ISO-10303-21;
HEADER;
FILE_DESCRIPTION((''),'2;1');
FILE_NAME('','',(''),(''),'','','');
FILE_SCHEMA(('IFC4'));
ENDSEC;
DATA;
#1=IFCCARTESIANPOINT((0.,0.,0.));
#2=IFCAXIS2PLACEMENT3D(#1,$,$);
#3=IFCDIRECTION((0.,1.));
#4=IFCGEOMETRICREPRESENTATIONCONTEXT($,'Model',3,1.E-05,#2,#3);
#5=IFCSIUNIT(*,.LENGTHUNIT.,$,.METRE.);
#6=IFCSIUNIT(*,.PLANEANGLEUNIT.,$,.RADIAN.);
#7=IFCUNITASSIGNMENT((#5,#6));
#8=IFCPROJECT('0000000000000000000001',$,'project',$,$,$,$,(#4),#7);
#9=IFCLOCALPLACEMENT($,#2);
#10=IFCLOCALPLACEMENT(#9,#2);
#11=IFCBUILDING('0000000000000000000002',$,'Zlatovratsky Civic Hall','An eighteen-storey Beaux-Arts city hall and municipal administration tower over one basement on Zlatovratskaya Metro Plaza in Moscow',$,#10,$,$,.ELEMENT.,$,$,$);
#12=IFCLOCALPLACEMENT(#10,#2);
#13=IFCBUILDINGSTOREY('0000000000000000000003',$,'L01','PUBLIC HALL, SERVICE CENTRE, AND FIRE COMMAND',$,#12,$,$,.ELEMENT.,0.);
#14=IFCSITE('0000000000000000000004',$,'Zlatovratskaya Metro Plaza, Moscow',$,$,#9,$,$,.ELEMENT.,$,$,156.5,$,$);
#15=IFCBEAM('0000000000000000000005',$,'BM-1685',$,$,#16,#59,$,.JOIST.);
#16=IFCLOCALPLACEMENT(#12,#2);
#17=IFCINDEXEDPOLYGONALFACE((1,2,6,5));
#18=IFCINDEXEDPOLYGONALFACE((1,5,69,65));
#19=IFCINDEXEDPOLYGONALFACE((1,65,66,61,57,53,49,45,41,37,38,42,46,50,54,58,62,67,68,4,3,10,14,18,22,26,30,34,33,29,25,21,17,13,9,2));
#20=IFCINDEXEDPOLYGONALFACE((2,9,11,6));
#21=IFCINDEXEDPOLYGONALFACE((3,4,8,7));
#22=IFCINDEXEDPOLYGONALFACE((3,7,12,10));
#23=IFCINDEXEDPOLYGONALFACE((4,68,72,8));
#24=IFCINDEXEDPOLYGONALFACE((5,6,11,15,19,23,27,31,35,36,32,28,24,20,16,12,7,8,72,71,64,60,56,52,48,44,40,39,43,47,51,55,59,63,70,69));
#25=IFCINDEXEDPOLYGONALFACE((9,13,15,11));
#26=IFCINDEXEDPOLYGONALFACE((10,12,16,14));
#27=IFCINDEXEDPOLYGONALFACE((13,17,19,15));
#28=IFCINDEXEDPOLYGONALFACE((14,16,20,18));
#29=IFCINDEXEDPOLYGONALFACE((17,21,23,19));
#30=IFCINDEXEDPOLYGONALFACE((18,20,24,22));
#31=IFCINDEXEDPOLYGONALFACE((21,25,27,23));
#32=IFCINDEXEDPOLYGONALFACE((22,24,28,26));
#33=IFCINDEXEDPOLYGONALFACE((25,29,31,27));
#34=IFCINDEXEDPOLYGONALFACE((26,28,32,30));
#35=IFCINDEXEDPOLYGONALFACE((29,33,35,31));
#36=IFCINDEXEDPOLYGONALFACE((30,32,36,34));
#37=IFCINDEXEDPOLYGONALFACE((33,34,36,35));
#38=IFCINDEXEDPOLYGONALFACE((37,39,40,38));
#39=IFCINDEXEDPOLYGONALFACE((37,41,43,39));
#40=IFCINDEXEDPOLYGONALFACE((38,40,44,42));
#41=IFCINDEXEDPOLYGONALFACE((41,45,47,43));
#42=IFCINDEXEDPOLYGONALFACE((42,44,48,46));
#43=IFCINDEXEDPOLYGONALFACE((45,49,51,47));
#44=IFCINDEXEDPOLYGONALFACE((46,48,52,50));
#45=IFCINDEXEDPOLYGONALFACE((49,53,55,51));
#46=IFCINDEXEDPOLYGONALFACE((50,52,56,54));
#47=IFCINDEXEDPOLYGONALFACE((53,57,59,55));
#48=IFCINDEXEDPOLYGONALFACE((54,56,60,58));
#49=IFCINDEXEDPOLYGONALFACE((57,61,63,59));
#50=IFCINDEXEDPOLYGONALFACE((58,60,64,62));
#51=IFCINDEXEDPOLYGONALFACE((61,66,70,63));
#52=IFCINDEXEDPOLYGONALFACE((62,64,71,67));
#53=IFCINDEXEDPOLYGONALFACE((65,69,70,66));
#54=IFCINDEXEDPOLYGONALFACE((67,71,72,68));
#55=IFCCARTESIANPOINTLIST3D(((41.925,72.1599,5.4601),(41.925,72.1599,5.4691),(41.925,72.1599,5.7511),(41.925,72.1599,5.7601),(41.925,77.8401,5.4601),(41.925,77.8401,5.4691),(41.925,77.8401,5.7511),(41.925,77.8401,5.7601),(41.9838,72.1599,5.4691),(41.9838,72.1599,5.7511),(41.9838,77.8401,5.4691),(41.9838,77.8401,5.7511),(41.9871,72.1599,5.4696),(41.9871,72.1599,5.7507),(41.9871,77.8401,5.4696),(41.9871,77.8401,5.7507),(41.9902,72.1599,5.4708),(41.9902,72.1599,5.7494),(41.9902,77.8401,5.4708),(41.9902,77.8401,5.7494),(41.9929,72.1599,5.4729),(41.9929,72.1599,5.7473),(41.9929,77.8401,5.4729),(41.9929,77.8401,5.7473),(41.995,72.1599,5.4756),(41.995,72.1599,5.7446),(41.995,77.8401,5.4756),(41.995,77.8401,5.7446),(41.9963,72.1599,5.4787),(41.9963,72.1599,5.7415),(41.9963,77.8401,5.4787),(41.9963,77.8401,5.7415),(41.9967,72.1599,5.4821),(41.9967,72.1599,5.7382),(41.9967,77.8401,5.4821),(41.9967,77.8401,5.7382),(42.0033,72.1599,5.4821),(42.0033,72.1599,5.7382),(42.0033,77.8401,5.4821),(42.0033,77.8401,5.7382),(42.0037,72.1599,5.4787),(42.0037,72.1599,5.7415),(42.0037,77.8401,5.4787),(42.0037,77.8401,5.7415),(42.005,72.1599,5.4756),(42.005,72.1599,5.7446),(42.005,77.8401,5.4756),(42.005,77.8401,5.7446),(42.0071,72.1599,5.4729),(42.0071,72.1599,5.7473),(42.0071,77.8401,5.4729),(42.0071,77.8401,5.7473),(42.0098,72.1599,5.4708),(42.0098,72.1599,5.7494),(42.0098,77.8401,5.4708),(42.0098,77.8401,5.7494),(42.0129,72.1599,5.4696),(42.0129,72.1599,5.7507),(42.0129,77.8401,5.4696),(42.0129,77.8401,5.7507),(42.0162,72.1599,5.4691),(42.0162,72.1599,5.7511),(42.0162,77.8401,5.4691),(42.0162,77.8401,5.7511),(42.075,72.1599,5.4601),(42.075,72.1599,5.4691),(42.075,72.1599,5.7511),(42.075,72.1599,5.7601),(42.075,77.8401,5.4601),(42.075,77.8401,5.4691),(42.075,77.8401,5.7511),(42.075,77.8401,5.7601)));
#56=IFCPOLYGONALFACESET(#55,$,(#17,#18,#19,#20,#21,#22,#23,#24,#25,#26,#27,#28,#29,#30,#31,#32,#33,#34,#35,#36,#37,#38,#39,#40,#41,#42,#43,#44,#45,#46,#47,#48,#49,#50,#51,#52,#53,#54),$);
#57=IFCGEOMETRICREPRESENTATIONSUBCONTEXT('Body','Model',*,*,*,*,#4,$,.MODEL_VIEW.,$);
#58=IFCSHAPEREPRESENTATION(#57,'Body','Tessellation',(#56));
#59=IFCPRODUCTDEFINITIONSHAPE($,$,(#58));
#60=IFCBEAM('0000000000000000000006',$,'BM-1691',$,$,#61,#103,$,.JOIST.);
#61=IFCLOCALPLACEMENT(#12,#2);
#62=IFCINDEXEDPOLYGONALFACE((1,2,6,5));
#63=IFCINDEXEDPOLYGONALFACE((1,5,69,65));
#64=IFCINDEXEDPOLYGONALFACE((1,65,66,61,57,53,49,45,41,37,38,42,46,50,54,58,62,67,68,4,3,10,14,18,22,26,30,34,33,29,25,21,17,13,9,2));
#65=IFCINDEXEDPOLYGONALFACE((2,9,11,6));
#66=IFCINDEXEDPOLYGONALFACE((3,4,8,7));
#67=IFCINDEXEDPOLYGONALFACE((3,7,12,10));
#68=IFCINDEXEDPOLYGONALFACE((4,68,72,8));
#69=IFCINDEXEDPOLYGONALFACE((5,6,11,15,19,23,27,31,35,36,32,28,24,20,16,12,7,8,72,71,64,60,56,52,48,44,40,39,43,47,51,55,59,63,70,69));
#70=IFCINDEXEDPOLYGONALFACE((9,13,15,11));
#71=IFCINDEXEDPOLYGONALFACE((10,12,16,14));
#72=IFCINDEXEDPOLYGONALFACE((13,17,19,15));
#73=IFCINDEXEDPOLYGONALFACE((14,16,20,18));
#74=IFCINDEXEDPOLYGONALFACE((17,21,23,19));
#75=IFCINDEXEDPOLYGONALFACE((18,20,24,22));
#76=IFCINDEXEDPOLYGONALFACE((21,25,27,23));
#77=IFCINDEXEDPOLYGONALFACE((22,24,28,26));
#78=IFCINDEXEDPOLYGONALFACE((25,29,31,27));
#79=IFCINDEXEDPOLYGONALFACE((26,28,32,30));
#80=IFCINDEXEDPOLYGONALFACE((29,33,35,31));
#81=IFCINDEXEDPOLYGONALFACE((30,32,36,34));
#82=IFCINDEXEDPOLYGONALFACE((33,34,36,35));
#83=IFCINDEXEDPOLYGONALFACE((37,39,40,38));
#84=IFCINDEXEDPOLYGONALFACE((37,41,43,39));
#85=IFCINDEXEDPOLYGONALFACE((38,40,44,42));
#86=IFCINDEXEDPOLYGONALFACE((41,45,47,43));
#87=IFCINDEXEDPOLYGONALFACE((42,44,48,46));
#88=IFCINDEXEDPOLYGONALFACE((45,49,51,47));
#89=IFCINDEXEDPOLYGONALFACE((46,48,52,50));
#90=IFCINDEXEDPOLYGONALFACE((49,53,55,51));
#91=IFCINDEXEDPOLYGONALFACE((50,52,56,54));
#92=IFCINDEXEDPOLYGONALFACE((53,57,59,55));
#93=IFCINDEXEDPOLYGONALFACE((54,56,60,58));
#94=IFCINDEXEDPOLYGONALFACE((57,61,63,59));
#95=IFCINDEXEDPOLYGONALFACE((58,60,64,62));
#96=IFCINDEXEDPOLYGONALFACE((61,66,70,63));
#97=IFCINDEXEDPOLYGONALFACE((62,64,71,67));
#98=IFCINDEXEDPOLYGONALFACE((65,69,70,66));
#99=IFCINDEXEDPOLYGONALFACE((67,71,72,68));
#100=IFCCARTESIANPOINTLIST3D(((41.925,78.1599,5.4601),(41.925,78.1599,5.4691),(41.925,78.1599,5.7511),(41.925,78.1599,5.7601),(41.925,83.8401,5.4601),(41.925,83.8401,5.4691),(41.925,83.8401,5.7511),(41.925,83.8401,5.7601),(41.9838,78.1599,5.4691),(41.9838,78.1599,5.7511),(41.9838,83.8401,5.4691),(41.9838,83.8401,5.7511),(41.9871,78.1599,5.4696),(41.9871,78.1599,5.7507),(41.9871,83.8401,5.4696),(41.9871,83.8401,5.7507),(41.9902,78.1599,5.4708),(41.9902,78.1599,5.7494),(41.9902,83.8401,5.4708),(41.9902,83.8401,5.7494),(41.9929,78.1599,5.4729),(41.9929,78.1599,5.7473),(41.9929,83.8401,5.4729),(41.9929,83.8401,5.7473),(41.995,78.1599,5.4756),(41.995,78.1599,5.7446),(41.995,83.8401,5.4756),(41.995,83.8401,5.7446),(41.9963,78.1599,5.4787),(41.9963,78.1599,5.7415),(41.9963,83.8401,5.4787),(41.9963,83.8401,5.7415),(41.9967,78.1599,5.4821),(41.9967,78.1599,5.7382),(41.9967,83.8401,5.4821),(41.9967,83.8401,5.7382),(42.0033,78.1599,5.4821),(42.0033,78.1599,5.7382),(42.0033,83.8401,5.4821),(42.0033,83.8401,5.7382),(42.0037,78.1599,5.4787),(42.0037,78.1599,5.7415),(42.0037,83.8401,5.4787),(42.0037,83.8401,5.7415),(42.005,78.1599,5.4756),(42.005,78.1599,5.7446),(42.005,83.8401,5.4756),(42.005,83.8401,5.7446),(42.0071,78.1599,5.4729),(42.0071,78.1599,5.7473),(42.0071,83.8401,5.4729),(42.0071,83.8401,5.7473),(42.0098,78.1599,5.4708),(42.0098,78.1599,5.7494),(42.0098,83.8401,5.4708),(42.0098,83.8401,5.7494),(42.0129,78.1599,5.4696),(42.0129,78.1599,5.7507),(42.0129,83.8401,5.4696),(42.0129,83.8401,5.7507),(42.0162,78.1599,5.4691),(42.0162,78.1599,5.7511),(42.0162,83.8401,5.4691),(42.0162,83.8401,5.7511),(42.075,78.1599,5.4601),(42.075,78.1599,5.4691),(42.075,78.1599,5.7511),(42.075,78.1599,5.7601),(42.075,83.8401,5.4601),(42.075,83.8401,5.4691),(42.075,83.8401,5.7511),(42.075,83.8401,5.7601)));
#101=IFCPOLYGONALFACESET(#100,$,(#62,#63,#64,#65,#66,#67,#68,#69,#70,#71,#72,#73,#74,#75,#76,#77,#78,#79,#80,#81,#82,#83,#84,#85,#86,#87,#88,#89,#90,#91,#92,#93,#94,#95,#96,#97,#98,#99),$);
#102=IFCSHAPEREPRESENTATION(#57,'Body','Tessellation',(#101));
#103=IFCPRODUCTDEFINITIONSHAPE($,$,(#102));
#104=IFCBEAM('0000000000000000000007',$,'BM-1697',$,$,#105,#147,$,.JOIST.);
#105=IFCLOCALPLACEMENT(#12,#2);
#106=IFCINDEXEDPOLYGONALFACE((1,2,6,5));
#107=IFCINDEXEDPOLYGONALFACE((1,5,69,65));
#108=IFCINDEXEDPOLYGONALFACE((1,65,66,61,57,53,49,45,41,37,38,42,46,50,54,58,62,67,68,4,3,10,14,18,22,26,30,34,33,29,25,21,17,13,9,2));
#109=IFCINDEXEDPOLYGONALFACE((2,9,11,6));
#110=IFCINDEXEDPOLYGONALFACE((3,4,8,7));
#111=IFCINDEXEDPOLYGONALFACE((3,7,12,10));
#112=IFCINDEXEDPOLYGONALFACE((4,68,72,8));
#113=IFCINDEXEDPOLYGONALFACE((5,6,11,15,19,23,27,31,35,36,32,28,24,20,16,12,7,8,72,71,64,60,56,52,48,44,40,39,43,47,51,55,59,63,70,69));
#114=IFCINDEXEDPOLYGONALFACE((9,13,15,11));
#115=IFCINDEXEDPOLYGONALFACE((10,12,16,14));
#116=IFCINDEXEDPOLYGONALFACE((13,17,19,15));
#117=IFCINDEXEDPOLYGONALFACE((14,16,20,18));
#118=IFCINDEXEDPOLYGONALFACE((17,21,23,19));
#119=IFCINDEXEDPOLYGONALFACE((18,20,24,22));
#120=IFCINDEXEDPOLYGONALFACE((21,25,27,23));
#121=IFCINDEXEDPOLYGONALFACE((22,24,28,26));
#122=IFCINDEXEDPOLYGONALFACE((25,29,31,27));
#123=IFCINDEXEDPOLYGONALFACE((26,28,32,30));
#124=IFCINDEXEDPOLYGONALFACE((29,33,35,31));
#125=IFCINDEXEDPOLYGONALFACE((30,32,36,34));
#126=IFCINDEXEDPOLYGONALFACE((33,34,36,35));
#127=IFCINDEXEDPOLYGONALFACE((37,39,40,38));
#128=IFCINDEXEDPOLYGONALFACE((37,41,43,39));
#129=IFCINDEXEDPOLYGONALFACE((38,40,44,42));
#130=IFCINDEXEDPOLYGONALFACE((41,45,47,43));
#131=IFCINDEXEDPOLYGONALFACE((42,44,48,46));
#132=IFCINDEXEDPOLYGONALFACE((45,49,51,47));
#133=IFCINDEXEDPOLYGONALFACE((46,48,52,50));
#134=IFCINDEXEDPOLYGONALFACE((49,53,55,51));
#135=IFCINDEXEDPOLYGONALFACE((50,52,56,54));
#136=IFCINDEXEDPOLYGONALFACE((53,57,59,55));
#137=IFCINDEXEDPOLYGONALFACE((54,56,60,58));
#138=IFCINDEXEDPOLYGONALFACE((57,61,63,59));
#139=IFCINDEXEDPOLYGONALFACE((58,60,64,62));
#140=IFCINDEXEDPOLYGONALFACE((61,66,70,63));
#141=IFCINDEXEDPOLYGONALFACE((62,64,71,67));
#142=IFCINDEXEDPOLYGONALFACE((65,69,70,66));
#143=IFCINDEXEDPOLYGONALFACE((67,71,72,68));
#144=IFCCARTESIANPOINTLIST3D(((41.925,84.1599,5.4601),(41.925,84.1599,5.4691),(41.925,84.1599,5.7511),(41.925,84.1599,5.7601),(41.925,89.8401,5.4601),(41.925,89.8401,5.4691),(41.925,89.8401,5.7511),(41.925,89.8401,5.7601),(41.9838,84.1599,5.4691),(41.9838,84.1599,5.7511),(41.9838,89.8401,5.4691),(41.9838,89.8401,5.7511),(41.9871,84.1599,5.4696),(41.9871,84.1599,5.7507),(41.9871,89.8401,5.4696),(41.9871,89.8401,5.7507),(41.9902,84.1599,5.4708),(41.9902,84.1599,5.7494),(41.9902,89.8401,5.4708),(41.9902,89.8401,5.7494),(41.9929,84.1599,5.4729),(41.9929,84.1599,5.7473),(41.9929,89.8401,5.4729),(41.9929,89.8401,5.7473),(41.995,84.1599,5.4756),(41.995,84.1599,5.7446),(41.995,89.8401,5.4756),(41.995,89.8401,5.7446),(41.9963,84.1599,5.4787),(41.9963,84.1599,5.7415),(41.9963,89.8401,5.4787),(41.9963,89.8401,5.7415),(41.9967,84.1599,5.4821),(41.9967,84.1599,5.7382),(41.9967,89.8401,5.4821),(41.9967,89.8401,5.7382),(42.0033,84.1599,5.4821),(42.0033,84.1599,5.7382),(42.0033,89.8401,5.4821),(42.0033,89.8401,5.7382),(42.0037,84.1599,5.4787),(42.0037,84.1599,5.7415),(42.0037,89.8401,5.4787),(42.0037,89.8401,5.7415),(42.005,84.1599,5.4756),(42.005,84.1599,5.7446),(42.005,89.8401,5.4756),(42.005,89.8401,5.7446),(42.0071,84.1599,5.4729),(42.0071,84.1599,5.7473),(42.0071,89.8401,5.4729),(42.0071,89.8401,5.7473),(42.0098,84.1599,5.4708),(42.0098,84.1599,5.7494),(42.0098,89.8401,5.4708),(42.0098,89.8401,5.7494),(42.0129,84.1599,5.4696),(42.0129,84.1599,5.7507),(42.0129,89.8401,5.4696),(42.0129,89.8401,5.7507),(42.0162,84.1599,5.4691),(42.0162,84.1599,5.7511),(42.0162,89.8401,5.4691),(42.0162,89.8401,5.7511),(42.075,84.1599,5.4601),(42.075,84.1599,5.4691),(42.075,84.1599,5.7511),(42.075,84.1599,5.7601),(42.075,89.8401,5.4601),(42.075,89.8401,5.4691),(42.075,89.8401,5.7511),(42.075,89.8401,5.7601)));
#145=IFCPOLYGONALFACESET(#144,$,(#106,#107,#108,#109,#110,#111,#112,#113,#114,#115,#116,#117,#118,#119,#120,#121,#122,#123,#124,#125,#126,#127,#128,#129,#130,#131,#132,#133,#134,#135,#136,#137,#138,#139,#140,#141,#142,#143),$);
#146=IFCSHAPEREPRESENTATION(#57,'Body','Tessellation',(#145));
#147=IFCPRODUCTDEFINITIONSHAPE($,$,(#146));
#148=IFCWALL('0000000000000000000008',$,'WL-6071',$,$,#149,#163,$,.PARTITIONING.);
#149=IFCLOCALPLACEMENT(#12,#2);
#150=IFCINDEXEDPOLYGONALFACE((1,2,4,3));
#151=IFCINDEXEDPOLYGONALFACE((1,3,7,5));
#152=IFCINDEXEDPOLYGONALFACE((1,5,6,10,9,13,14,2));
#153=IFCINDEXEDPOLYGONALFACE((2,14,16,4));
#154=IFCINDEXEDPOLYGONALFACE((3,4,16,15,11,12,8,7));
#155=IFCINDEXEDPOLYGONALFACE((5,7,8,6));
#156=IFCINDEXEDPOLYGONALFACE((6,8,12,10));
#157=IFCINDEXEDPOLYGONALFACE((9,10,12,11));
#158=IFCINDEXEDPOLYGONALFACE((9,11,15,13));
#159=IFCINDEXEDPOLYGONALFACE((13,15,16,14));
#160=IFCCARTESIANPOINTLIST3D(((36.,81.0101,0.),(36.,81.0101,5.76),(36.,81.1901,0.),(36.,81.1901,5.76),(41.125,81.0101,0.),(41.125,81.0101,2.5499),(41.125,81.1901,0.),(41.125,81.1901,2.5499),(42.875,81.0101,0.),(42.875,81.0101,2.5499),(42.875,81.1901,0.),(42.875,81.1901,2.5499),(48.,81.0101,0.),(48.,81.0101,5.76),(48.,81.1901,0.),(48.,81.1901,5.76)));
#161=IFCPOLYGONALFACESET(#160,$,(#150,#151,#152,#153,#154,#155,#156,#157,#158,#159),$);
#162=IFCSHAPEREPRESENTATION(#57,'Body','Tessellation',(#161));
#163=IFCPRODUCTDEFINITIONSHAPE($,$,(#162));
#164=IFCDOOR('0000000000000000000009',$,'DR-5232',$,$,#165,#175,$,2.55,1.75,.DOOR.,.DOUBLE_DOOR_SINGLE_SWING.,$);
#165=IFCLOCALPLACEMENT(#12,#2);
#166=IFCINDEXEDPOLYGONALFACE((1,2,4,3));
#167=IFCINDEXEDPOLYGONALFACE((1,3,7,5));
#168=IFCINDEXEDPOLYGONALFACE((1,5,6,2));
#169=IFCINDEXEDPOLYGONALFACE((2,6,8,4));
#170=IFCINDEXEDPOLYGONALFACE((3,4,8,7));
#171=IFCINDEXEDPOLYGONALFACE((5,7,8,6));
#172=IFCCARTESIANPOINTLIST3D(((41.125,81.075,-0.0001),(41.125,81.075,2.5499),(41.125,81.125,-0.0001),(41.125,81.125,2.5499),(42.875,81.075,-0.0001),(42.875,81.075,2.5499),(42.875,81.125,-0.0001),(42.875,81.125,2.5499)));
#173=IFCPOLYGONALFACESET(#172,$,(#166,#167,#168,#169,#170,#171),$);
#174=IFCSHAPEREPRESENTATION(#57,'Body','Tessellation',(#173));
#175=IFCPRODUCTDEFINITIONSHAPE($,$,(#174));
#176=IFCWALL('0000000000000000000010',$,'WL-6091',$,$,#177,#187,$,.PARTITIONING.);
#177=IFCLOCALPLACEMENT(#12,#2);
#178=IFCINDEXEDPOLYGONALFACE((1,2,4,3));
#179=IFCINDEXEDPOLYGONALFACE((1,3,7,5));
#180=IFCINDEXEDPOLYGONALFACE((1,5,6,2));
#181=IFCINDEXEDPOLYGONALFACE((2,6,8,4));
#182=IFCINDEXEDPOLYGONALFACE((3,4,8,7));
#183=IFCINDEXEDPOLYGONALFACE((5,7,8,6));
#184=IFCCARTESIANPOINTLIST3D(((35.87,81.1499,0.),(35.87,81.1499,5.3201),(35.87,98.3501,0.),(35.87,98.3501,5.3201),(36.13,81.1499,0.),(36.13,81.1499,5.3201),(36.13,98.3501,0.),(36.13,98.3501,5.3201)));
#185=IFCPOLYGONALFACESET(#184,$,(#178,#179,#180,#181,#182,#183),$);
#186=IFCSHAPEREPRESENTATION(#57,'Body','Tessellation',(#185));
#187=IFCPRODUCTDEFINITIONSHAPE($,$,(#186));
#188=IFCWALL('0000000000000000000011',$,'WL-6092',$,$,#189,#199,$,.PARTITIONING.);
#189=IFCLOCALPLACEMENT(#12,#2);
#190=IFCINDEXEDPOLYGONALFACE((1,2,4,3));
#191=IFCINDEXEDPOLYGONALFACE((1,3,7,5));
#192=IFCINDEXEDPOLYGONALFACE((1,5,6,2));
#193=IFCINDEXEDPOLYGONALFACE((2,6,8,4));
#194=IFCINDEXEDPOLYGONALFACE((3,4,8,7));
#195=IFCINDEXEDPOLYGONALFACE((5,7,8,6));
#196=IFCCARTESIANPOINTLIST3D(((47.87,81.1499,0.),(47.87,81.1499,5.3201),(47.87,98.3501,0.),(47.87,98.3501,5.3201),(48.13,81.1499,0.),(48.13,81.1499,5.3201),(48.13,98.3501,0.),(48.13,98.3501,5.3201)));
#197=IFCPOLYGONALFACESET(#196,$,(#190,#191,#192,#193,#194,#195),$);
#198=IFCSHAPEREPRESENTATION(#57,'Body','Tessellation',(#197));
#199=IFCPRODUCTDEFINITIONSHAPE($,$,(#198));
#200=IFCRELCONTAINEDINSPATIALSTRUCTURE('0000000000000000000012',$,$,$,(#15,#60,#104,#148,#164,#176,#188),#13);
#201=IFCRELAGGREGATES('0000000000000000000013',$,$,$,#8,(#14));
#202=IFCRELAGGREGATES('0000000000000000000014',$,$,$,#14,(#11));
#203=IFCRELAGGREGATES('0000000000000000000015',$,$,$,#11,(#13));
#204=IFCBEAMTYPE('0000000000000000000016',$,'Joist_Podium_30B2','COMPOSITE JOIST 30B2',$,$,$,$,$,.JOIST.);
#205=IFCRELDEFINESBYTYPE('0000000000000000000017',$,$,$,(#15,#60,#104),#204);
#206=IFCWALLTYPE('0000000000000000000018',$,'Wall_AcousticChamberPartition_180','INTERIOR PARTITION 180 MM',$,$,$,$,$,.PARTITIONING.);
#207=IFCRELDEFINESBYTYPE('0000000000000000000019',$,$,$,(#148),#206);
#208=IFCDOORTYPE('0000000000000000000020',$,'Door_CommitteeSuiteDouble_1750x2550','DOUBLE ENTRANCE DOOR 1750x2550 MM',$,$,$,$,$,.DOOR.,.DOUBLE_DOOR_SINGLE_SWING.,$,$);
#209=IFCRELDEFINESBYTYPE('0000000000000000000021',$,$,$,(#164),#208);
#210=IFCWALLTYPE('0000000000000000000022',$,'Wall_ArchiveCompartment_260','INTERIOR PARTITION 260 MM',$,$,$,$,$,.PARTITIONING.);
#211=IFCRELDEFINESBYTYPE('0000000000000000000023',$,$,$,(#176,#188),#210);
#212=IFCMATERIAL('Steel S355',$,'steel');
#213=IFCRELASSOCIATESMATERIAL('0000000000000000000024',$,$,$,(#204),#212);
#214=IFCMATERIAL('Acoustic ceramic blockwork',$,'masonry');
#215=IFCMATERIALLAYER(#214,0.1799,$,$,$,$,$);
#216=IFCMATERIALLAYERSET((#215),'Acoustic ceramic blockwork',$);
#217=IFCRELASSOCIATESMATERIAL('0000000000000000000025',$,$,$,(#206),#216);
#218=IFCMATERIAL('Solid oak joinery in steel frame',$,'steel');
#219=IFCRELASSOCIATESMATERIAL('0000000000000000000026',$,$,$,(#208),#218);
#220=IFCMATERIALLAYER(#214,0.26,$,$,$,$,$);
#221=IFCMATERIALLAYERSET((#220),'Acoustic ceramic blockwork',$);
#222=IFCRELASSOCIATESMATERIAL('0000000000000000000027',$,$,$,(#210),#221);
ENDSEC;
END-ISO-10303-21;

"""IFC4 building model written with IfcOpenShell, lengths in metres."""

from ifc_helpers import new_model, si_unit, direction, frame, frame_2d, origin, origin_2d, place, context, subcontext, project, spatial, rectangle, i_section, extrude, material, layer, layer_set, material_profile, profile_set, type_object, element, fill, save


model = new_model("IFC4")

# Units and contexts
model_context = context("Model", 3, precision=1e-05, world=origin(), true_north=direction((0.0, 1.0)))
body_context = subcontext(model_context, "Body", "Model", "MODEL_VIEW")
ifc_project = project(units=[si_unit("LENGTHUNIT", "METRE"), si_unit("PLANEANGLEUNIT", "RADIAN")], contexts=[model_context])

# Site, building, storey
site_placement = place(None, origin())
site = spatial("IfcSite", under=ifc_project, at=site_placement, Name="Zlatovratskaya Metro Plaza, Moscow", CompositionType="ELEMENT", RefElevation=156.5)
building_placement = place(site_placement, origin())
building = spatial("IfcBuilding", under=site, at=building_placement, Name="Zlatovratsky Civic Hall", Description="An eighteen-storey Beaux-Arts city hall and municipal administration tower over one basement on Zlatovratskaya Metro Plaza in Moscow", CompositionType="ELEMENT")
storey_placement = place(building_placement, origin())
storey = spatial("IfcBuildingStorey", under=building, at=storey_placement, Name="L01", Description="PUBLIC HALL, SERVICE CENTRE, AND FIRE COMMAND", CompositionType="ELEMENT", Elevation=0.0)

# Shared definitions
ifc_material_1 = material(Name="Steel S355", Category="steel")

# Beams
ifc_material_profile_1 = material_profile(ifc_material_1, i_section(OverallWidth=0.1499, OverallDepth=0.3, WebThickness=0.0066, FlangeThickness=0.009, FilletRadius=0.0129, at=origin_2d()), Name="30B2")
ifc_profile_set_1 = profile_set([ifc_material_profile_1], Name="Steel S355")
beam_type_1 = type_object("IfcBeamType", Name="Joist_Podium_30B2", Description="COMPOSITE JOIST 30B2", PredefinedType="JOIST", material=ifc_profile_set_1)
for number, where, z_axis, x_axis, name in (
    (1, (42.0, 72.1599, 5.6101), (0.0, 1.0, 0.0), (-1.0, 0.0, 0.0), "BM-1685"),
    (2, (42.0, 78.1599, 5.6101), (0.0, 1.0, 0.0), (-1.0, 0.0, 0.0), "BM-1691"),
    (3, (42.0, 84.1599, 5.6101), (0.0, 1.0, 0.0), (-1.0, 0.0, 0.0), "BM-1697"),
):
    element("IfcBeam", number, at=place(storey_placement, frame(where, z_axis=z_axis, x_axis=x_axis)), inside=storey, type_object=beam_type_1, Name=name, PredefinedType="JOIST", context=body_context, shape_type="SweptSolid", body=[
        extrude(i_section(OverallWidth=0.1499, OverallDepth=0.3, WebThickness=0.0066, FlangeThickness=0.009, FilletRadius=0.0129, at=origin_2d()), origin(), (0.0, 0.0, 1.0), 5.6802),
    ])

# Wall, opening, door
ifc_material_2 = material(Name="Acoustic ceramic blockwork", Category="masonry")
ifc_layer_1 = layer(ifc_material_2, 0.1799)
ifc_layer_set_1 = layer_set([ifc_layer_1], Name="Acoustic ceramic blockwork")
wall_type_1 = type_object("IfcWallType", Name="Wall_AcousticChamberPartition_180", Description="INTERIOR PARTITION 180 MM", PredefinedType="PARTITIONING", material=ifc_layer_set_1)
wall_placement = place(storey_placement, frame((36.0, 81.1001, 0.0), z_axis=(0.0, 0.0, 1.0), x_axis=(1.0, 0.0, 0.0)))
wall = element("IfcWall", 4, at=wall_placement, inside=storey, type_object=wall_type_1, Name="WL-6071", PredefinedType="PARTITIONING", context=body_context, shape_type="SweptSolid", body=[
    extrude(rectangle(XDim=12.0, YDim=0.1799, at=frame_2d((6.0, 0.0))), origin(), (0.0, 0.0, 1.0), 5.76),
])
opening_placement = place(wall_placement, frame((5.125, 0.0, 0.0)))
opening = element("IfcOpeningElement", 5, at=opening_placement, cuts=wall, PredefinedType="OPENING", context=body_context, shape_type="SweptSolid", body=[
    extrude(rectangle(XDim=1.75, YDim=2.55, at=frame_2d((0.875, 1.2749))), frame((0.0, 0.105, 0.0), z_axis=(0.0, -1.0, 0.0), x_axis=(1.0, 0.0, 0.0)), (0.0, 0.0, 1.0), 0.2097),
])
ifc_material_3 = material(Name="Solid oak joinery in steel frame", Category="steel")
door_type = type_object("IfcDoorType", Name="Door_CommitteeSuiteDouble_1750x2550", Description="DOUBLE ENTRANCE DOOR 1750x2550 MM", OperationType="DOUBLE_DOOR_SINGLE_SWING", PredefinedType="DOOR", material=ifc_material_3)
door_placement = place(opening_placement, origin())
door = element("IfcDoor", 6, at=door_placement, inside=storey, type_object=door_type, Name="DR-5232", OperationType="DOUBLE_DOOR_SINGLE_SWING", OverallHeight=2.55, OverallWidth=1.75, PredefinedType="DOOR", context=body_context, shape_type="SweptSolid", body=[
    extrude(rectangle(XDim=1.75, YDim=2.55, at=frame_2d((0.875, 1.2749))), frame((0.0, 0.0249, 0.0), z_axis=(0.0, -1.0, 0.0), x_axis=(1.0, 0.0, 0.0)), (0.0, 0.0, 1.0), 0.05),
])
fill(opening, door)

# Walls
ifc_layer_2 = layer(ifc_material_2, 0.26)
ifc_layer_set_2 = layer_set([ifc_layer_2], Name="Acoustic ceramic blockwork")
wall_type_2 = type_object("IfcWallType", Name="Wall_ArchiveCompartment_260", Description="INTERIOR PARTITION 260 MM", PredefinedType="PARTITIONING", material=ifc_layer_set_2)
for number, where, z_axis, x_axis, name in (
    (7, (36.0, 81.1499, 0.0), (0.0, 0.0, 1.0), (0.0, 1.0, 0.0), "WL-6091"),
    (8, (48.0, 81.1499, 0.0), (0.0, 0.0, 1.0), (0.0, 1.0, 0.0), "WL-6092"),
):
    element("IfcWall", number, at=place(storey_placement, frame(where, z_axis=z_axis, x_axis=x_axis)), inside=storey, type_object=wall_type_2, Name=name, PredefinedType="PARTITIONING", context=body_context, shape_type="SweptSolid", body=[
        extrude(rectangle(XDim=17.2002, YDim=0.26, at=frame_2d((8.6001, 0.0))), origin(), (0.0, 0.0, 1.0), 5.3201),
    ])

save(model, "model.ifc")
